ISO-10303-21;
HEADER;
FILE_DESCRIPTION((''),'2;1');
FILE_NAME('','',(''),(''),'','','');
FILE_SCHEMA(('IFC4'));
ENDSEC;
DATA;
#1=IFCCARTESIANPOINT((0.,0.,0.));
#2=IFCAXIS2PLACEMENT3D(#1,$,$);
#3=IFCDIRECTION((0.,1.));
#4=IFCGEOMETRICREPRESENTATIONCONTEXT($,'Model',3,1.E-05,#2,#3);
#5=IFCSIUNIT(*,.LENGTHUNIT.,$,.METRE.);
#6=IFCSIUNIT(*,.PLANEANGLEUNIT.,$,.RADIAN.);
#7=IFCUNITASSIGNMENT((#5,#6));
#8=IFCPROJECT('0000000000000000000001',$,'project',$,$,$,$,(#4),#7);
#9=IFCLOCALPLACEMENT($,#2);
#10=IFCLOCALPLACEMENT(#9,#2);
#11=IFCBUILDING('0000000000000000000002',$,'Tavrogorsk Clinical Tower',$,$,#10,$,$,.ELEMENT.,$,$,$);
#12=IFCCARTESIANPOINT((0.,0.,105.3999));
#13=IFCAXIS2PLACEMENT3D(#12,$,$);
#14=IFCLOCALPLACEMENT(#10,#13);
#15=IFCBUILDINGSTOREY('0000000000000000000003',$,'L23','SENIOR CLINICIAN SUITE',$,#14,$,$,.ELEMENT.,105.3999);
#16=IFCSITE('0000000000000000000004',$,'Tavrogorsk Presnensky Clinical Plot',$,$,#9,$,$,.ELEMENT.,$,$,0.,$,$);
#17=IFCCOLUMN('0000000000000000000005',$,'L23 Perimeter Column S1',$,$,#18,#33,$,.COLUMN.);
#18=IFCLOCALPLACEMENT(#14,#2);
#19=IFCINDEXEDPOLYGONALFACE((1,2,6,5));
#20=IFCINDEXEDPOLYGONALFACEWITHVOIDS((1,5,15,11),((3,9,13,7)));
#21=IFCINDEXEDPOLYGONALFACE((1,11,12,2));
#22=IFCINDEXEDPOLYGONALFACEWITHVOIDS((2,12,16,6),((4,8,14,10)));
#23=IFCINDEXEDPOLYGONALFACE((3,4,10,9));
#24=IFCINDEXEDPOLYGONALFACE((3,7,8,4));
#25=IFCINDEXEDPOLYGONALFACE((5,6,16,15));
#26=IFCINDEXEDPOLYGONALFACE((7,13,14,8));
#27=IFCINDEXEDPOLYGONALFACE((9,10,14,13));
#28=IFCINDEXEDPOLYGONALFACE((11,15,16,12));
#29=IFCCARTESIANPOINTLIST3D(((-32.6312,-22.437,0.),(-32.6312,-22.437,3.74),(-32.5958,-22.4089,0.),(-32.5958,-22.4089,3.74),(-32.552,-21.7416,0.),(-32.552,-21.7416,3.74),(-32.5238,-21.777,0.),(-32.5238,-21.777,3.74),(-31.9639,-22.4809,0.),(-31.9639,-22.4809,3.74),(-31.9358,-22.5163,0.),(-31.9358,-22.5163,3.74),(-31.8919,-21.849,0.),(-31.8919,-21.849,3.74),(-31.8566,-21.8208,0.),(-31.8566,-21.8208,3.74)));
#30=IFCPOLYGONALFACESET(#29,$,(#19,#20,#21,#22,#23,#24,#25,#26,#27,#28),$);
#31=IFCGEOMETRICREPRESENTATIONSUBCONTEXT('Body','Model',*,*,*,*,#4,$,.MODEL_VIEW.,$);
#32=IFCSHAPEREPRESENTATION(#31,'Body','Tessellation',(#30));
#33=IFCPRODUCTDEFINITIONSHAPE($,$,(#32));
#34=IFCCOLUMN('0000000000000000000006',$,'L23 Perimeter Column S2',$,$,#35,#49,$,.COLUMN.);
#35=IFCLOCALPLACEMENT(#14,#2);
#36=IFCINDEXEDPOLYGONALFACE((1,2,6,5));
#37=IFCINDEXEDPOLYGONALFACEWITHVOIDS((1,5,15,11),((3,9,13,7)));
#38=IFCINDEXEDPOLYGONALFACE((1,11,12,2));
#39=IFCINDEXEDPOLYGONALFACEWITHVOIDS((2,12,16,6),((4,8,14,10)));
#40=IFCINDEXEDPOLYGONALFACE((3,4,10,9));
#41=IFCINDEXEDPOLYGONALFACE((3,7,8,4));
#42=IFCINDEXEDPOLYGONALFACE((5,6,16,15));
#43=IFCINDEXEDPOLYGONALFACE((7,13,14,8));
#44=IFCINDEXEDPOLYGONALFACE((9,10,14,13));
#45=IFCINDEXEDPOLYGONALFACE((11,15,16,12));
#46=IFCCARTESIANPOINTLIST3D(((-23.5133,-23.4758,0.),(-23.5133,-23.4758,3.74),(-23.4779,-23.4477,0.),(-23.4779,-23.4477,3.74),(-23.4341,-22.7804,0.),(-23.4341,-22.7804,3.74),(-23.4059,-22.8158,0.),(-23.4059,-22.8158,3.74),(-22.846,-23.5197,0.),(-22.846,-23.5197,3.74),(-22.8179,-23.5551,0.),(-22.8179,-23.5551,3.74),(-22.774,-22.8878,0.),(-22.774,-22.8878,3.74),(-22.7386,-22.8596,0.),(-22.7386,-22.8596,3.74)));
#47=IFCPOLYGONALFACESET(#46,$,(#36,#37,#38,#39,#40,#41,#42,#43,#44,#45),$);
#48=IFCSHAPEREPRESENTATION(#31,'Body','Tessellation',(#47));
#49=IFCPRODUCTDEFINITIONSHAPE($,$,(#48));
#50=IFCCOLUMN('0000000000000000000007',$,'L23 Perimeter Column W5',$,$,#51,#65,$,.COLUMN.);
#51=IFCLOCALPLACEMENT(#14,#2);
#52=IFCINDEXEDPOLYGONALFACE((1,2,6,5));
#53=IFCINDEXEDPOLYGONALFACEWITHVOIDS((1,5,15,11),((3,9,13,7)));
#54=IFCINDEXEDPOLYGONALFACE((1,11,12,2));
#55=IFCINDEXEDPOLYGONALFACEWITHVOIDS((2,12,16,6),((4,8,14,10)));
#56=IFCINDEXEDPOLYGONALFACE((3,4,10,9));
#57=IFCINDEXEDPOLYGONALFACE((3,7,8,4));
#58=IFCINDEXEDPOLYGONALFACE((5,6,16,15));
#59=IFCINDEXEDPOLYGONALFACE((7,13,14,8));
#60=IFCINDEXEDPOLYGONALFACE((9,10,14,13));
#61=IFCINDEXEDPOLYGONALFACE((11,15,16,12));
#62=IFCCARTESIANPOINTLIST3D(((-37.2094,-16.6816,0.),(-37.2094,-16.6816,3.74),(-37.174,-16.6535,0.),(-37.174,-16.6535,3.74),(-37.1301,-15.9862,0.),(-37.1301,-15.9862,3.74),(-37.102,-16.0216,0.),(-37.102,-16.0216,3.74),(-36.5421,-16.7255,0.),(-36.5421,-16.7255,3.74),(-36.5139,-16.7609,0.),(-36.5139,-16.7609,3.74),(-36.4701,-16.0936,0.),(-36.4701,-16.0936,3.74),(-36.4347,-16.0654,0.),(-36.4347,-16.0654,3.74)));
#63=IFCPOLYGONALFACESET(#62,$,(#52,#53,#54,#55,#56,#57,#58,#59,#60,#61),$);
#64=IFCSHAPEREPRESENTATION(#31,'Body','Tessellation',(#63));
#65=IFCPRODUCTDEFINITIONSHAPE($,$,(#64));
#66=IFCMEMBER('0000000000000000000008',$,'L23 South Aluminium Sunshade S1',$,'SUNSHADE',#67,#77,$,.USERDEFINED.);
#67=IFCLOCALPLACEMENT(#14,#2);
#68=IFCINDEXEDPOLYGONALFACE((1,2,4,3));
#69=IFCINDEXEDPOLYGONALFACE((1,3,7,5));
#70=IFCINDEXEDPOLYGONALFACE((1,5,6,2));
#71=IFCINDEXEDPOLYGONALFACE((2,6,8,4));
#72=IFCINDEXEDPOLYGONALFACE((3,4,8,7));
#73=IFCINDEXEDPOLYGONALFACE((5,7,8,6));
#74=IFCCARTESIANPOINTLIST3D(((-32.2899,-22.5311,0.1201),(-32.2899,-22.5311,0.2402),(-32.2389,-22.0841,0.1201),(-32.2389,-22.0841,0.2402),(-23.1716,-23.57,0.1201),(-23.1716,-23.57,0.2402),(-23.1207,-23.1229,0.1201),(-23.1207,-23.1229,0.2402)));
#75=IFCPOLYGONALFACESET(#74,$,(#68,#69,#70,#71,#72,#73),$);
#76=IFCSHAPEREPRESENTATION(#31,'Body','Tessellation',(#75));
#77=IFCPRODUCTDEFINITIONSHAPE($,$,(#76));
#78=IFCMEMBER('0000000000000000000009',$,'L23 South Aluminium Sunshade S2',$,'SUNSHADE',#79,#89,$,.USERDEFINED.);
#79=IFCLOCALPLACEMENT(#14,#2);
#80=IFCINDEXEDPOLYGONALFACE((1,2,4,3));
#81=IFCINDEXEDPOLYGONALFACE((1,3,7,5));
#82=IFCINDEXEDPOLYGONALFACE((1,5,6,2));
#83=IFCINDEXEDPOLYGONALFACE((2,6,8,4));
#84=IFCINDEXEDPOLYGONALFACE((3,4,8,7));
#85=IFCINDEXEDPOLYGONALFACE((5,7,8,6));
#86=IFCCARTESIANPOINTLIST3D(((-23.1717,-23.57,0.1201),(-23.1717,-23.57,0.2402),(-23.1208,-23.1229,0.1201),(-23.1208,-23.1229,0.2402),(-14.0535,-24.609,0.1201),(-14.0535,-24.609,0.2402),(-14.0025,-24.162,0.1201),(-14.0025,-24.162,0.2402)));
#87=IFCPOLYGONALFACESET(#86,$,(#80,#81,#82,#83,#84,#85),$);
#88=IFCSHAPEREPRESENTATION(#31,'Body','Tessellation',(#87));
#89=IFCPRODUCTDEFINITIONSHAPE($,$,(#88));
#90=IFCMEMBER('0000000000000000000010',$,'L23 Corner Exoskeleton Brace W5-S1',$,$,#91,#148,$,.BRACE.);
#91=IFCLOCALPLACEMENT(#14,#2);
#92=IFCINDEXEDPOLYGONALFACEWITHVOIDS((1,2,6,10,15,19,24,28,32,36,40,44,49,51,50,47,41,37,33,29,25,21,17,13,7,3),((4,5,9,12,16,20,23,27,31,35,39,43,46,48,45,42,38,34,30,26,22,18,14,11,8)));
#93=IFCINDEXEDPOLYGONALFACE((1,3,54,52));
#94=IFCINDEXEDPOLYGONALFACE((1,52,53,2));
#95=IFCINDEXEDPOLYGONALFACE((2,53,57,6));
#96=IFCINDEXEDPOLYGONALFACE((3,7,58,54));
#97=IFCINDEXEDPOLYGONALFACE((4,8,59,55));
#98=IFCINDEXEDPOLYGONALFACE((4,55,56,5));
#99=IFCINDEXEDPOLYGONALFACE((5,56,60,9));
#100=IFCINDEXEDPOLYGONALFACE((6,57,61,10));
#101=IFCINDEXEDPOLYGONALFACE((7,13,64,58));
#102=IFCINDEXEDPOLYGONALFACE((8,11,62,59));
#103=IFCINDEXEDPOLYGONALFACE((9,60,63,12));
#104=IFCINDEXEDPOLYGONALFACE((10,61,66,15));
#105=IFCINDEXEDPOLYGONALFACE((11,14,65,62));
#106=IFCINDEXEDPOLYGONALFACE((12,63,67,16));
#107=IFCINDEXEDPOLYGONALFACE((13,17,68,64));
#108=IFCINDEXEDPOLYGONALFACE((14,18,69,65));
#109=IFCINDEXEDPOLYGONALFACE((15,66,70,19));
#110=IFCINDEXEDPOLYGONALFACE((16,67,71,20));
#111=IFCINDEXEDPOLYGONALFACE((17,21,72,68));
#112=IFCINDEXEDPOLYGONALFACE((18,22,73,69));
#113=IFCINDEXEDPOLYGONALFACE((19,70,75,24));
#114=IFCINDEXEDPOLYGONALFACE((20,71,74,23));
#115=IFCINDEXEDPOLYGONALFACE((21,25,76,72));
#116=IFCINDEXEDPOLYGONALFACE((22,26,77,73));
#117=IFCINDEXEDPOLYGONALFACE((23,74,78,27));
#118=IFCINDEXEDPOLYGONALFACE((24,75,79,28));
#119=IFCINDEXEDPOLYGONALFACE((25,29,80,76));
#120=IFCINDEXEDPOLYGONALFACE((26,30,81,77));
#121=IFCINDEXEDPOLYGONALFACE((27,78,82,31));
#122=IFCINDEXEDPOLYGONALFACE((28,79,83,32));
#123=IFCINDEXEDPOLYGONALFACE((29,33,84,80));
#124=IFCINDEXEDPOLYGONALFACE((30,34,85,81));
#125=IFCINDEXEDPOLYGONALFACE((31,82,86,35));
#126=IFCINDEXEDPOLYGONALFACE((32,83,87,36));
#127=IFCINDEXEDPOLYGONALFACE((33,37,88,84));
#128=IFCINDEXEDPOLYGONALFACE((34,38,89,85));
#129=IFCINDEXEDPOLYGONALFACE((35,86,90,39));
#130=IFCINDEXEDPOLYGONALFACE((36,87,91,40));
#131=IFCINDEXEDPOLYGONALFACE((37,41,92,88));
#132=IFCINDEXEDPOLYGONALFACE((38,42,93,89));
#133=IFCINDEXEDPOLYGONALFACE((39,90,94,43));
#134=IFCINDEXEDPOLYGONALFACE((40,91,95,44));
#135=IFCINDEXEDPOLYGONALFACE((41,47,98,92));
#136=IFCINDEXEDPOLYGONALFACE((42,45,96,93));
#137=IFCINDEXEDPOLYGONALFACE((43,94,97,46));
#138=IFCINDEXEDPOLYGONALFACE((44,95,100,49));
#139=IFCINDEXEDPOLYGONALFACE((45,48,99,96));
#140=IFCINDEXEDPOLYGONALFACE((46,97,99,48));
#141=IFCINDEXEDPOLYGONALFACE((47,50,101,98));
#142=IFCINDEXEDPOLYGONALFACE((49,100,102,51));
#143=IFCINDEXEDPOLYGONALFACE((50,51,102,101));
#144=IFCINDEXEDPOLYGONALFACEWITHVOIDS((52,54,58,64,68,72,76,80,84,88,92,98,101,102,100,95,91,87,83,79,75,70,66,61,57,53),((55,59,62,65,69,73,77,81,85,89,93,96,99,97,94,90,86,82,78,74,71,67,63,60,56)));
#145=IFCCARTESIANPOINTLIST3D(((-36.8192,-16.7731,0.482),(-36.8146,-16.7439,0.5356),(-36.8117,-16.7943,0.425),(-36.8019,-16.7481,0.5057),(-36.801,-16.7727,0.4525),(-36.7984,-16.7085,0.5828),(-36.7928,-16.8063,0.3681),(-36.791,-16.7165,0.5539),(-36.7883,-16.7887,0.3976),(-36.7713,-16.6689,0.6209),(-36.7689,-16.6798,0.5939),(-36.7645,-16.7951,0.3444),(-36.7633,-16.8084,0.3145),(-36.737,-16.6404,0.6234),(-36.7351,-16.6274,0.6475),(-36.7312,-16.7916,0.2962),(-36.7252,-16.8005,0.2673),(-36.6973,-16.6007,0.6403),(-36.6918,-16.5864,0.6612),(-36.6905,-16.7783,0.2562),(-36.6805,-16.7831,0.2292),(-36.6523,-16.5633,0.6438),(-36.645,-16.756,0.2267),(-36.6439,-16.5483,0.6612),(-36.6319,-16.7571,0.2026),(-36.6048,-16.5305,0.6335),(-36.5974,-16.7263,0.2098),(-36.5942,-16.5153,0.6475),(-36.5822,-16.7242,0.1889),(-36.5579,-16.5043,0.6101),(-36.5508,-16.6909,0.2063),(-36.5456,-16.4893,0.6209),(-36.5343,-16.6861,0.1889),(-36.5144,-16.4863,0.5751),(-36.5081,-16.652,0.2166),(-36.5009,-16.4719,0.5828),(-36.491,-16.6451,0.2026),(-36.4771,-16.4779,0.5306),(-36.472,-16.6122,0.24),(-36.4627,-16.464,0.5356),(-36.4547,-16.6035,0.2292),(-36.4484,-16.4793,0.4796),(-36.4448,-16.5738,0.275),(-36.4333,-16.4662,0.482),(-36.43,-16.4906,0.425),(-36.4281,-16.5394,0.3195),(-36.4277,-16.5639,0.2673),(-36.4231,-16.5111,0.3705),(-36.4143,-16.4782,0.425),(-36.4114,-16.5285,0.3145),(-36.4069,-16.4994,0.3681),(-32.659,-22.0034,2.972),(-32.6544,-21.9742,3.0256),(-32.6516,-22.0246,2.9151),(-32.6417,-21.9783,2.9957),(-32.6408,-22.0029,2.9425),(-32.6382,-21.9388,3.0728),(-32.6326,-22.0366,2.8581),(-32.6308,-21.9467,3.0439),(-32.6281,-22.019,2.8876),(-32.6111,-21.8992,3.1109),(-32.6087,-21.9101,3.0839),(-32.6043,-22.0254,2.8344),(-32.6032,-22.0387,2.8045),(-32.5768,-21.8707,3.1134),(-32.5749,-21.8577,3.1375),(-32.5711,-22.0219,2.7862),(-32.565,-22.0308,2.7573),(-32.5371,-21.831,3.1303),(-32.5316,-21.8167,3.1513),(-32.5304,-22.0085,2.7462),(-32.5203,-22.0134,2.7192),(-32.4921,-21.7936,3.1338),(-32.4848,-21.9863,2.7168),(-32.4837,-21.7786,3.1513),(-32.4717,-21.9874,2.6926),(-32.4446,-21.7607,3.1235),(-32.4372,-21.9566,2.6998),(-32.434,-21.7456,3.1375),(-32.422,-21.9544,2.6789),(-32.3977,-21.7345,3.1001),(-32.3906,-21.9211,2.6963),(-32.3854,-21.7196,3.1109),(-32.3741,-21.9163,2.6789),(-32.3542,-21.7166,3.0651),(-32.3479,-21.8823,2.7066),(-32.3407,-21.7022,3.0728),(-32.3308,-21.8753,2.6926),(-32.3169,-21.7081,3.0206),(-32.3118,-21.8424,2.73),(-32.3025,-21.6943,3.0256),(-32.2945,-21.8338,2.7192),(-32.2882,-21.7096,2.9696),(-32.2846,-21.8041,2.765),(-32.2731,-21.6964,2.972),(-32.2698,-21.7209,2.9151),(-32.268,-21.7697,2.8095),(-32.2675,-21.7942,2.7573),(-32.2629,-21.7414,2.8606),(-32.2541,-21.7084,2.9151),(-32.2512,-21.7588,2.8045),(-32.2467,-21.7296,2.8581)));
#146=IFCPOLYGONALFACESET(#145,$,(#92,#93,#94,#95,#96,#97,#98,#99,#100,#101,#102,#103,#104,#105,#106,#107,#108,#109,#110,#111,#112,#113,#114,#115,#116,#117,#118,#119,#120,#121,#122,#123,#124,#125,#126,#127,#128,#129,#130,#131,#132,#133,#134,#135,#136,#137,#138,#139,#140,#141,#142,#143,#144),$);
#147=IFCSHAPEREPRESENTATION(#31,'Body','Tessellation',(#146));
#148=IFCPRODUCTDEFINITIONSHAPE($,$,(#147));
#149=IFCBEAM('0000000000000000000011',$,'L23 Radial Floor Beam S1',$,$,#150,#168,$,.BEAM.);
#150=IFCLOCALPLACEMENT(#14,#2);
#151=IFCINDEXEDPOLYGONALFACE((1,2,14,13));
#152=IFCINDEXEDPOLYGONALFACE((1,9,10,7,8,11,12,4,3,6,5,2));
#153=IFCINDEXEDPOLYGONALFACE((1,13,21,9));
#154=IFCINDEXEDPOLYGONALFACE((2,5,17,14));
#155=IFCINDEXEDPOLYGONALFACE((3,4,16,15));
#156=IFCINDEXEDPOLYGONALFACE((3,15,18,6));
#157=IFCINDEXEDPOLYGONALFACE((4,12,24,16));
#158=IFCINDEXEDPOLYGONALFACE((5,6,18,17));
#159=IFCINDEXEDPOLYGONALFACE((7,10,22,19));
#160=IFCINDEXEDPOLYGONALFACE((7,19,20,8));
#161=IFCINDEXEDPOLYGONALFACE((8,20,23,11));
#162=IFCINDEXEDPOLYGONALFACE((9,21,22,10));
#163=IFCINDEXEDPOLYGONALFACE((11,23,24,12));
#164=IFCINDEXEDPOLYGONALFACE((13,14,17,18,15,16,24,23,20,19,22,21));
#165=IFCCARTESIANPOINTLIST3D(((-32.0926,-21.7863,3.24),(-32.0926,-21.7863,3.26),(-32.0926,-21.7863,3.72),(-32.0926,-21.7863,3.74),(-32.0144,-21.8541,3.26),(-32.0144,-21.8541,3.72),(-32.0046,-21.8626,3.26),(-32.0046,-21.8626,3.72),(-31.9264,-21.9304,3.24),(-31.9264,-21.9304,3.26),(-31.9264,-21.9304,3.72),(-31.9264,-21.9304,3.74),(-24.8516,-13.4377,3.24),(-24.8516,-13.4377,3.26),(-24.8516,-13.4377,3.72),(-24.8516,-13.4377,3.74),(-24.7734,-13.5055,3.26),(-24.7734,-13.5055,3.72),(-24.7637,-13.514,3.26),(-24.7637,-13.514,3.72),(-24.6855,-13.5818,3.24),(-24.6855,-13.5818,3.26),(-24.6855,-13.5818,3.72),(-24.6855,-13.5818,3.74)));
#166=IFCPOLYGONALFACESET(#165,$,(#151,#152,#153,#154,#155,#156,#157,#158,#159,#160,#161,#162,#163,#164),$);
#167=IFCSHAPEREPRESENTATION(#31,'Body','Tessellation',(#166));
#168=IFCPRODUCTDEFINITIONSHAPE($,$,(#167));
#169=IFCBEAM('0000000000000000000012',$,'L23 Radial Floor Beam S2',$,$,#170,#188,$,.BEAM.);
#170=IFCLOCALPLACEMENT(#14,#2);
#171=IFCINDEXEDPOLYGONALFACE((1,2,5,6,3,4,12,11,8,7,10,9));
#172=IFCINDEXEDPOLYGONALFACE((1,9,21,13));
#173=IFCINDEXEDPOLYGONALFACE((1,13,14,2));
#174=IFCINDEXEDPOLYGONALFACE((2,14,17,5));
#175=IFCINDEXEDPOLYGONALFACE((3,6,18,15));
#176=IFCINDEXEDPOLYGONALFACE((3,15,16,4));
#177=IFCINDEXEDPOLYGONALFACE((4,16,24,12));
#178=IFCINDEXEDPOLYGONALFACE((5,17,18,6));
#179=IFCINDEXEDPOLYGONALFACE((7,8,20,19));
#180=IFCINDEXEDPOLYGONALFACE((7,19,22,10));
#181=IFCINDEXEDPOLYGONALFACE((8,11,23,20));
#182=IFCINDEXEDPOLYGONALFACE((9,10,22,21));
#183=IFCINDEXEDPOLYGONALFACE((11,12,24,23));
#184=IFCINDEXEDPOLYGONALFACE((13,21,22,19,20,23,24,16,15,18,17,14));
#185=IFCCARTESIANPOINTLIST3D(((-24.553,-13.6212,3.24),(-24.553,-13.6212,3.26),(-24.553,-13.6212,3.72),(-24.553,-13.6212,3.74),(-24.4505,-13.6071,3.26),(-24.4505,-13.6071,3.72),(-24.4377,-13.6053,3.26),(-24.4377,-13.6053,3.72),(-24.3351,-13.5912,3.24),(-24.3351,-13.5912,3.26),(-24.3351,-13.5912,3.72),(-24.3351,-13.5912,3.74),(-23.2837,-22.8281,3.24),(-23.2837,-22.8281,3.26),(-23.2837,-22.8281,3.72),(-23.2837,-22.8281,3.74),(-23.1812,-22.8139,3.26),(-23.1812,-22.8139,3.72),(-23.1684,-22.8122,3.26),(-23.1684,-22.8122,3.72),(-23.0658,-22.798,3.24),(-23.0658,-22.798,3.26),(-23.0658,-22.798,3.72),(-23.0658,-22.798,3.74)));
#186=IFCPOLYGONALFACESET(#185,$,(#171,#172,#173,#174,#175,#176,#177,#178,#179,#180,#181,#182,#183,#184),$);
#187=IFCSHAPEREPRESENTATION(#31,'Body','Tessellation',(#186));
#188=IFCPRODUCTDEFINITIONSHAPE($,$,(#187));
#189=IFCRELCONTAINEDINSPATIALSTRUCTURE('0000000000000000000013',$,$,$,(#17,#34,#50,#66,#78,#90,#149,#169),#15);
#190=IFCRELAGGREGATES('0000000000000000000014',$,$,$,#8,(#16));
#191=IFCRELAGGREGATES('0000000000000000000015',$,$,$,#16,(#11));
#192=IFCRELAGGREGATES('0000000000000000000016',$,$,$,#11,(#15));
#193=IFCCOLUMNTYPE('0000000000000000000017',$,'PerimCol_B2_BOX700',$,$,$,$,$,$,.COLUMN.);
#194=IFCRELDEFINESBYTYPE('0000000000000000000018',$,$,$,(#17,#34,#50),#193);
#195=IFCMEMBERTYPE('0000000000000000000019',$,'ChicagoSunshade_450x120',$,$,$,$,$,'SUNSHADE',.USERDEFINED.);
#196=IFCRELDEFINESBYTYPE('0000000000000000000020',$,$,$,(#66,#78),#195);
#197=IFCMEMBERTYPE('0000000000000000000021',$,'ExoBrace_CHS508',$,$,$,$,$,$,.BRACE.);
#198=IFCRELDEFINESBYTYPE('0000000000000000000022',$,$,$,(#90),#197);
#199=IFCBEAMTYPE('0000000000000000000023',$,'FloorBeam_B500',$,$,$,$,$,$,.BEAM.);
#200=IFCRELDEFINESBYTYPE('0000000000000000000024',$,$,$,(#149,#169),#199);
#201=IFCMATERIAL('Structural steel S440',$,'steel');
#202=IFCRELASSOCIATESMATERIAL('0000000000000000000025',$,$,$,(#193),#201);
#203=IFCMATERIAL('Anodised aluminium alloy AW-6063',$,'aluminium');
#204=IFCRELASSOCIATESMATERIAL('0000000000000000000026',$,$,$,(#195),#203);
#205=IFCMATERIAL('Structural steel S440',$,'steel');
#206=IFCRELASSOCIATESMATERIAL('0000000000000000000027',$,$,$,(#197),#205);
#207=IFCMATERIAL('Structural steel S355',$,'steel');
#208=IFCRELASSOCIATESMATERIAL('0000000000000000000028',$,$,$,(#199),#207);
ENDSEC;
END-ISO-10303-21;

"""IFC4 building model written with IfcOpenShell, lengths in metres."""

from ifc_helpers import new_model, si_unit, direction, frame, origin, origin_2d, place, context, subcontext, project, spatial, rectangle, hollow_rectangle, hollow_circle, i_section, extrude, material, material_profile, profile_set, type_object, element, save


model = new_model("IFC4")

# Units and contexts
model_context = context("Model", 3, precision=1e-05, world=origin(), true_north=direction((0.0, 1.0)))
body_context = subcontext(model_context, "Body", "Model", "MODEL_VIEW")
ifc_project = project(units=[si_unit("LENGTHUNIT", "METRE"), si_unit("PLANEANGLEUNIT", "RADIAN")], contexts=[model_context])

# Site, building, storey
site_placement = place(None, origin())
site = spatial("IfcSite", under=ifc_project, at=site_placement, Name="Tavrogorsk Presnensky Clinical Plot", CompositionType="ELEMENT", RefElevation=0.0)
building_placement = place(site_placement, origin())
building = spatial("IfcBuilding", under=site, at=building_placement, Name="Tavrogorsk Clinical Tower", CompositionType="ELEMENT")
storey_placement = place(building_placement, frame((0.0, 0.0, 105.3999)))
storey = spatial("IfcBuildingStorey", under=building, at=storey_placement, Name="L23", Description="SENIOR CLINICIAN SUITE", CompositionType="ELEMENT", Elevation=105.3999)

# Columns
ifc_material_1 = material(Name="Structural steel S440", Category="steel")
ifc_material_profile_1 = material_profile(ifc_material_1, hollow_rectangle(XDim=0.7, YDim=0.7, WallThickness=0.032, at=origin_2d()), Name="BOX-700x700x32")
ifc_profile_set_1 = profile_set([ifc_material_profile_1], Name="Structural steel S440")
column_type = type_object("IfcColumnType", Name="PerimCol_B2_BOX700", PredefinedType="COLUMN", material=ifc_profile_set_1)
for number, where, z_axis, x_axis, name in (
    (1, (-32.2439, -22.1289, 0.0), (0.0, 0.0, 1.0), (0.993572, -0.113203, 0.0), "L23 Perimeter Column S1"),
    (2, (-23.126, -23.1677, 0.0), (0.0, 0.0, 1.0), (0.993572, -0.113203, 0.0), "L23 Perimeter Column S2"),
    (3, (-36.822, -16.3735, 0.0), (0.0, 0.0, 1.0), (0.993572, -0.113203, 0.0), "L23 Perimeter Column W5"),
):
    element("IfcColumn", number, at=place(storey_placement, frame(where, z_axis=z_axis, x_axis=x_axis)), inside=storey, type_object=column_type, Name=name, PredefinedType="COLUMN", context=body_context, shape_type="SweptSolid", body=[
        extrude(hollow_rectangle(XDim=0.7, YDim=0.7, WallThickness=0.032, at=origin_2d()), origin(), (0.0, 0.0, 1.0), 3.74),
    ])

# Members
ifc_material_2 = material(Name="Anodised aluminium alloy AW-6063", Category="aluminium")
ifc_material_profile_2 = material_profile(ifc_material_2, rectangle(XDim=0.45, YDim=0.1201, at=origin_2d()), Name="ALU-SUNSHADE-450x120")
ifc_profile_set_2 = profile_set([ifc_material_profile_2], Name="Anodised aluminium alloy AW-6063")
member_type_1 = type_object("IfcMemberType", Name="ChicagoSunshade_450x120", ElementType="SUNSHADE", PredefinedType="USERDEFINED", material=ifc_profile_set_2)
for number, where, z_axis, x_axis, name in (
    (4, (-32.2644, -22.3076, 0.1802), (0.993573, -0.113196, 0.0), (0.113196, 0.993573, 0.0), "L23 South Aluminium Sunshade S1"),
    (5, (-23.1462, -23.3464, 0.1802), (0.99357, -0.113222, 0.0), (0.113222, 0.99357, 0.0), "L23 South Aluminium Sunshade S2"),
):
    element("IfcMember", number, at=place(storey_placement, frame(where, z_axis=z_axis, x_axis=x_axis)), inside=storey, type_object=member_type_1, Name=name, ObjectType="SUNSHADE", PredefinedType="USERDEFINED", context=body_context, shape_type="SweptSolid", body=[
        extrude(rectangle(XDim=0.45, YDim=0.1201, at=origin_2d()), origin(), (0.0, 0.0, 1.0), 9.1772),
    ])
ifc_material_3 = material(Name="Structural steel S440", Category="steel")
ifc_material_profile_3 = material_profile(ifc_material_3, hollow_circle(Radius=0.2539, WallThickness=0.02, at=origin_2d()), Name="CHS-508x20")
ifc_profile_set_3 = profile_set([ifc_material_profile_3], Name="Structural steel S440")
member_type_2 = type_object("IfcMemberType", Name="ExoBrace_CHS508", PredefinedType="BRACE", material=ifc_profile_set_3)
member_1_placement = place(storey_placement, frame((-36.613, -16.6362, 0.425), z_axis=(0.583327, -0.733369, 0.34914), x_axis=(0.782619, 0.622501, 0.0)))
element("IfcMember", 6, at=member_1_placement, inside=storey, type_object=member_type_2, Name="L23 Corner Exoskeleton Brace W5-S1", PredefinedType="BRACE", context=body_context, shape_type="SweptSolid", body=[
    extrude(hollow_circle(Radius=0.2539, WallThickness=0.02, at=origin_2d()), origin(), (0.0, 0.0, 1.0), 7.1318),
])

# Beams
ifc_material_4 = material(Name="Structural steel S355", Category="steel")
ifc_material_profile_4 = material_profile(ifc_material_4, i_section(OverallWidth=0.22, OverallDepth=0.5, WebThickness=0.0129, FlangeThickness=0.02, at=origin_2d()), Name="B-500x220x13x20")
ifc_profile_set_4 = profile_set([ifc_material_profile_4], Name="Structural steel S355")
beam_type_1 = type_object("IfcBeamType", Name="FloorBeam_B500", PredefinedType="BEAM", material=ifc_profile_set_4)
beam_1_placement = place(storey_placement, frame((-24.7686, -13.5098, 3.49), z_axis=(-0.655214, -0.755443, 0.0), x_axis=(0.755443, -0.655214, 0.0)))
element("IfcBeam", 7, at=beam_1_placement, inside=storey, type_object=beam_type_1, Name="L23 Radial Floor Beam S1", PredefinedType="BEAM", context=body_context, shape_type="SweptSolid", body=[
    extrude(i_section(OverallWidth=0.22, OverallDepth=0.5, WebThickness=0.0129, FlangeThickness=0.02, at=origin_2d()), origin(), (0.0, 0.0, 1.0), 11.0513),
])
beam_2_placement = place(storey_placement, frame((-24.4441, -13.6062, 3.49), z_axis=(0.136573, -0.99063, 0.0), x_axis=(0.99063, 0.136573, 0.0)))
element("IfcBeam", 8, at=beam_2_placement, inside=storey, type_object=beam_type_1, Name="L23 Radial Floor Beam S2", PredefinedType="BEAM", context=body_context, shape_type="SweptSolid", body=[
    extrude(i_section(OverallWidth=0.22, OverallDepth=0.5, WebThickness=0.0129, FlangeThickness=0.02, at=origin_2d()), origin(), (0.0, 0.0, 1.0), 9.2939),
])

save(model, "model.ifc")
